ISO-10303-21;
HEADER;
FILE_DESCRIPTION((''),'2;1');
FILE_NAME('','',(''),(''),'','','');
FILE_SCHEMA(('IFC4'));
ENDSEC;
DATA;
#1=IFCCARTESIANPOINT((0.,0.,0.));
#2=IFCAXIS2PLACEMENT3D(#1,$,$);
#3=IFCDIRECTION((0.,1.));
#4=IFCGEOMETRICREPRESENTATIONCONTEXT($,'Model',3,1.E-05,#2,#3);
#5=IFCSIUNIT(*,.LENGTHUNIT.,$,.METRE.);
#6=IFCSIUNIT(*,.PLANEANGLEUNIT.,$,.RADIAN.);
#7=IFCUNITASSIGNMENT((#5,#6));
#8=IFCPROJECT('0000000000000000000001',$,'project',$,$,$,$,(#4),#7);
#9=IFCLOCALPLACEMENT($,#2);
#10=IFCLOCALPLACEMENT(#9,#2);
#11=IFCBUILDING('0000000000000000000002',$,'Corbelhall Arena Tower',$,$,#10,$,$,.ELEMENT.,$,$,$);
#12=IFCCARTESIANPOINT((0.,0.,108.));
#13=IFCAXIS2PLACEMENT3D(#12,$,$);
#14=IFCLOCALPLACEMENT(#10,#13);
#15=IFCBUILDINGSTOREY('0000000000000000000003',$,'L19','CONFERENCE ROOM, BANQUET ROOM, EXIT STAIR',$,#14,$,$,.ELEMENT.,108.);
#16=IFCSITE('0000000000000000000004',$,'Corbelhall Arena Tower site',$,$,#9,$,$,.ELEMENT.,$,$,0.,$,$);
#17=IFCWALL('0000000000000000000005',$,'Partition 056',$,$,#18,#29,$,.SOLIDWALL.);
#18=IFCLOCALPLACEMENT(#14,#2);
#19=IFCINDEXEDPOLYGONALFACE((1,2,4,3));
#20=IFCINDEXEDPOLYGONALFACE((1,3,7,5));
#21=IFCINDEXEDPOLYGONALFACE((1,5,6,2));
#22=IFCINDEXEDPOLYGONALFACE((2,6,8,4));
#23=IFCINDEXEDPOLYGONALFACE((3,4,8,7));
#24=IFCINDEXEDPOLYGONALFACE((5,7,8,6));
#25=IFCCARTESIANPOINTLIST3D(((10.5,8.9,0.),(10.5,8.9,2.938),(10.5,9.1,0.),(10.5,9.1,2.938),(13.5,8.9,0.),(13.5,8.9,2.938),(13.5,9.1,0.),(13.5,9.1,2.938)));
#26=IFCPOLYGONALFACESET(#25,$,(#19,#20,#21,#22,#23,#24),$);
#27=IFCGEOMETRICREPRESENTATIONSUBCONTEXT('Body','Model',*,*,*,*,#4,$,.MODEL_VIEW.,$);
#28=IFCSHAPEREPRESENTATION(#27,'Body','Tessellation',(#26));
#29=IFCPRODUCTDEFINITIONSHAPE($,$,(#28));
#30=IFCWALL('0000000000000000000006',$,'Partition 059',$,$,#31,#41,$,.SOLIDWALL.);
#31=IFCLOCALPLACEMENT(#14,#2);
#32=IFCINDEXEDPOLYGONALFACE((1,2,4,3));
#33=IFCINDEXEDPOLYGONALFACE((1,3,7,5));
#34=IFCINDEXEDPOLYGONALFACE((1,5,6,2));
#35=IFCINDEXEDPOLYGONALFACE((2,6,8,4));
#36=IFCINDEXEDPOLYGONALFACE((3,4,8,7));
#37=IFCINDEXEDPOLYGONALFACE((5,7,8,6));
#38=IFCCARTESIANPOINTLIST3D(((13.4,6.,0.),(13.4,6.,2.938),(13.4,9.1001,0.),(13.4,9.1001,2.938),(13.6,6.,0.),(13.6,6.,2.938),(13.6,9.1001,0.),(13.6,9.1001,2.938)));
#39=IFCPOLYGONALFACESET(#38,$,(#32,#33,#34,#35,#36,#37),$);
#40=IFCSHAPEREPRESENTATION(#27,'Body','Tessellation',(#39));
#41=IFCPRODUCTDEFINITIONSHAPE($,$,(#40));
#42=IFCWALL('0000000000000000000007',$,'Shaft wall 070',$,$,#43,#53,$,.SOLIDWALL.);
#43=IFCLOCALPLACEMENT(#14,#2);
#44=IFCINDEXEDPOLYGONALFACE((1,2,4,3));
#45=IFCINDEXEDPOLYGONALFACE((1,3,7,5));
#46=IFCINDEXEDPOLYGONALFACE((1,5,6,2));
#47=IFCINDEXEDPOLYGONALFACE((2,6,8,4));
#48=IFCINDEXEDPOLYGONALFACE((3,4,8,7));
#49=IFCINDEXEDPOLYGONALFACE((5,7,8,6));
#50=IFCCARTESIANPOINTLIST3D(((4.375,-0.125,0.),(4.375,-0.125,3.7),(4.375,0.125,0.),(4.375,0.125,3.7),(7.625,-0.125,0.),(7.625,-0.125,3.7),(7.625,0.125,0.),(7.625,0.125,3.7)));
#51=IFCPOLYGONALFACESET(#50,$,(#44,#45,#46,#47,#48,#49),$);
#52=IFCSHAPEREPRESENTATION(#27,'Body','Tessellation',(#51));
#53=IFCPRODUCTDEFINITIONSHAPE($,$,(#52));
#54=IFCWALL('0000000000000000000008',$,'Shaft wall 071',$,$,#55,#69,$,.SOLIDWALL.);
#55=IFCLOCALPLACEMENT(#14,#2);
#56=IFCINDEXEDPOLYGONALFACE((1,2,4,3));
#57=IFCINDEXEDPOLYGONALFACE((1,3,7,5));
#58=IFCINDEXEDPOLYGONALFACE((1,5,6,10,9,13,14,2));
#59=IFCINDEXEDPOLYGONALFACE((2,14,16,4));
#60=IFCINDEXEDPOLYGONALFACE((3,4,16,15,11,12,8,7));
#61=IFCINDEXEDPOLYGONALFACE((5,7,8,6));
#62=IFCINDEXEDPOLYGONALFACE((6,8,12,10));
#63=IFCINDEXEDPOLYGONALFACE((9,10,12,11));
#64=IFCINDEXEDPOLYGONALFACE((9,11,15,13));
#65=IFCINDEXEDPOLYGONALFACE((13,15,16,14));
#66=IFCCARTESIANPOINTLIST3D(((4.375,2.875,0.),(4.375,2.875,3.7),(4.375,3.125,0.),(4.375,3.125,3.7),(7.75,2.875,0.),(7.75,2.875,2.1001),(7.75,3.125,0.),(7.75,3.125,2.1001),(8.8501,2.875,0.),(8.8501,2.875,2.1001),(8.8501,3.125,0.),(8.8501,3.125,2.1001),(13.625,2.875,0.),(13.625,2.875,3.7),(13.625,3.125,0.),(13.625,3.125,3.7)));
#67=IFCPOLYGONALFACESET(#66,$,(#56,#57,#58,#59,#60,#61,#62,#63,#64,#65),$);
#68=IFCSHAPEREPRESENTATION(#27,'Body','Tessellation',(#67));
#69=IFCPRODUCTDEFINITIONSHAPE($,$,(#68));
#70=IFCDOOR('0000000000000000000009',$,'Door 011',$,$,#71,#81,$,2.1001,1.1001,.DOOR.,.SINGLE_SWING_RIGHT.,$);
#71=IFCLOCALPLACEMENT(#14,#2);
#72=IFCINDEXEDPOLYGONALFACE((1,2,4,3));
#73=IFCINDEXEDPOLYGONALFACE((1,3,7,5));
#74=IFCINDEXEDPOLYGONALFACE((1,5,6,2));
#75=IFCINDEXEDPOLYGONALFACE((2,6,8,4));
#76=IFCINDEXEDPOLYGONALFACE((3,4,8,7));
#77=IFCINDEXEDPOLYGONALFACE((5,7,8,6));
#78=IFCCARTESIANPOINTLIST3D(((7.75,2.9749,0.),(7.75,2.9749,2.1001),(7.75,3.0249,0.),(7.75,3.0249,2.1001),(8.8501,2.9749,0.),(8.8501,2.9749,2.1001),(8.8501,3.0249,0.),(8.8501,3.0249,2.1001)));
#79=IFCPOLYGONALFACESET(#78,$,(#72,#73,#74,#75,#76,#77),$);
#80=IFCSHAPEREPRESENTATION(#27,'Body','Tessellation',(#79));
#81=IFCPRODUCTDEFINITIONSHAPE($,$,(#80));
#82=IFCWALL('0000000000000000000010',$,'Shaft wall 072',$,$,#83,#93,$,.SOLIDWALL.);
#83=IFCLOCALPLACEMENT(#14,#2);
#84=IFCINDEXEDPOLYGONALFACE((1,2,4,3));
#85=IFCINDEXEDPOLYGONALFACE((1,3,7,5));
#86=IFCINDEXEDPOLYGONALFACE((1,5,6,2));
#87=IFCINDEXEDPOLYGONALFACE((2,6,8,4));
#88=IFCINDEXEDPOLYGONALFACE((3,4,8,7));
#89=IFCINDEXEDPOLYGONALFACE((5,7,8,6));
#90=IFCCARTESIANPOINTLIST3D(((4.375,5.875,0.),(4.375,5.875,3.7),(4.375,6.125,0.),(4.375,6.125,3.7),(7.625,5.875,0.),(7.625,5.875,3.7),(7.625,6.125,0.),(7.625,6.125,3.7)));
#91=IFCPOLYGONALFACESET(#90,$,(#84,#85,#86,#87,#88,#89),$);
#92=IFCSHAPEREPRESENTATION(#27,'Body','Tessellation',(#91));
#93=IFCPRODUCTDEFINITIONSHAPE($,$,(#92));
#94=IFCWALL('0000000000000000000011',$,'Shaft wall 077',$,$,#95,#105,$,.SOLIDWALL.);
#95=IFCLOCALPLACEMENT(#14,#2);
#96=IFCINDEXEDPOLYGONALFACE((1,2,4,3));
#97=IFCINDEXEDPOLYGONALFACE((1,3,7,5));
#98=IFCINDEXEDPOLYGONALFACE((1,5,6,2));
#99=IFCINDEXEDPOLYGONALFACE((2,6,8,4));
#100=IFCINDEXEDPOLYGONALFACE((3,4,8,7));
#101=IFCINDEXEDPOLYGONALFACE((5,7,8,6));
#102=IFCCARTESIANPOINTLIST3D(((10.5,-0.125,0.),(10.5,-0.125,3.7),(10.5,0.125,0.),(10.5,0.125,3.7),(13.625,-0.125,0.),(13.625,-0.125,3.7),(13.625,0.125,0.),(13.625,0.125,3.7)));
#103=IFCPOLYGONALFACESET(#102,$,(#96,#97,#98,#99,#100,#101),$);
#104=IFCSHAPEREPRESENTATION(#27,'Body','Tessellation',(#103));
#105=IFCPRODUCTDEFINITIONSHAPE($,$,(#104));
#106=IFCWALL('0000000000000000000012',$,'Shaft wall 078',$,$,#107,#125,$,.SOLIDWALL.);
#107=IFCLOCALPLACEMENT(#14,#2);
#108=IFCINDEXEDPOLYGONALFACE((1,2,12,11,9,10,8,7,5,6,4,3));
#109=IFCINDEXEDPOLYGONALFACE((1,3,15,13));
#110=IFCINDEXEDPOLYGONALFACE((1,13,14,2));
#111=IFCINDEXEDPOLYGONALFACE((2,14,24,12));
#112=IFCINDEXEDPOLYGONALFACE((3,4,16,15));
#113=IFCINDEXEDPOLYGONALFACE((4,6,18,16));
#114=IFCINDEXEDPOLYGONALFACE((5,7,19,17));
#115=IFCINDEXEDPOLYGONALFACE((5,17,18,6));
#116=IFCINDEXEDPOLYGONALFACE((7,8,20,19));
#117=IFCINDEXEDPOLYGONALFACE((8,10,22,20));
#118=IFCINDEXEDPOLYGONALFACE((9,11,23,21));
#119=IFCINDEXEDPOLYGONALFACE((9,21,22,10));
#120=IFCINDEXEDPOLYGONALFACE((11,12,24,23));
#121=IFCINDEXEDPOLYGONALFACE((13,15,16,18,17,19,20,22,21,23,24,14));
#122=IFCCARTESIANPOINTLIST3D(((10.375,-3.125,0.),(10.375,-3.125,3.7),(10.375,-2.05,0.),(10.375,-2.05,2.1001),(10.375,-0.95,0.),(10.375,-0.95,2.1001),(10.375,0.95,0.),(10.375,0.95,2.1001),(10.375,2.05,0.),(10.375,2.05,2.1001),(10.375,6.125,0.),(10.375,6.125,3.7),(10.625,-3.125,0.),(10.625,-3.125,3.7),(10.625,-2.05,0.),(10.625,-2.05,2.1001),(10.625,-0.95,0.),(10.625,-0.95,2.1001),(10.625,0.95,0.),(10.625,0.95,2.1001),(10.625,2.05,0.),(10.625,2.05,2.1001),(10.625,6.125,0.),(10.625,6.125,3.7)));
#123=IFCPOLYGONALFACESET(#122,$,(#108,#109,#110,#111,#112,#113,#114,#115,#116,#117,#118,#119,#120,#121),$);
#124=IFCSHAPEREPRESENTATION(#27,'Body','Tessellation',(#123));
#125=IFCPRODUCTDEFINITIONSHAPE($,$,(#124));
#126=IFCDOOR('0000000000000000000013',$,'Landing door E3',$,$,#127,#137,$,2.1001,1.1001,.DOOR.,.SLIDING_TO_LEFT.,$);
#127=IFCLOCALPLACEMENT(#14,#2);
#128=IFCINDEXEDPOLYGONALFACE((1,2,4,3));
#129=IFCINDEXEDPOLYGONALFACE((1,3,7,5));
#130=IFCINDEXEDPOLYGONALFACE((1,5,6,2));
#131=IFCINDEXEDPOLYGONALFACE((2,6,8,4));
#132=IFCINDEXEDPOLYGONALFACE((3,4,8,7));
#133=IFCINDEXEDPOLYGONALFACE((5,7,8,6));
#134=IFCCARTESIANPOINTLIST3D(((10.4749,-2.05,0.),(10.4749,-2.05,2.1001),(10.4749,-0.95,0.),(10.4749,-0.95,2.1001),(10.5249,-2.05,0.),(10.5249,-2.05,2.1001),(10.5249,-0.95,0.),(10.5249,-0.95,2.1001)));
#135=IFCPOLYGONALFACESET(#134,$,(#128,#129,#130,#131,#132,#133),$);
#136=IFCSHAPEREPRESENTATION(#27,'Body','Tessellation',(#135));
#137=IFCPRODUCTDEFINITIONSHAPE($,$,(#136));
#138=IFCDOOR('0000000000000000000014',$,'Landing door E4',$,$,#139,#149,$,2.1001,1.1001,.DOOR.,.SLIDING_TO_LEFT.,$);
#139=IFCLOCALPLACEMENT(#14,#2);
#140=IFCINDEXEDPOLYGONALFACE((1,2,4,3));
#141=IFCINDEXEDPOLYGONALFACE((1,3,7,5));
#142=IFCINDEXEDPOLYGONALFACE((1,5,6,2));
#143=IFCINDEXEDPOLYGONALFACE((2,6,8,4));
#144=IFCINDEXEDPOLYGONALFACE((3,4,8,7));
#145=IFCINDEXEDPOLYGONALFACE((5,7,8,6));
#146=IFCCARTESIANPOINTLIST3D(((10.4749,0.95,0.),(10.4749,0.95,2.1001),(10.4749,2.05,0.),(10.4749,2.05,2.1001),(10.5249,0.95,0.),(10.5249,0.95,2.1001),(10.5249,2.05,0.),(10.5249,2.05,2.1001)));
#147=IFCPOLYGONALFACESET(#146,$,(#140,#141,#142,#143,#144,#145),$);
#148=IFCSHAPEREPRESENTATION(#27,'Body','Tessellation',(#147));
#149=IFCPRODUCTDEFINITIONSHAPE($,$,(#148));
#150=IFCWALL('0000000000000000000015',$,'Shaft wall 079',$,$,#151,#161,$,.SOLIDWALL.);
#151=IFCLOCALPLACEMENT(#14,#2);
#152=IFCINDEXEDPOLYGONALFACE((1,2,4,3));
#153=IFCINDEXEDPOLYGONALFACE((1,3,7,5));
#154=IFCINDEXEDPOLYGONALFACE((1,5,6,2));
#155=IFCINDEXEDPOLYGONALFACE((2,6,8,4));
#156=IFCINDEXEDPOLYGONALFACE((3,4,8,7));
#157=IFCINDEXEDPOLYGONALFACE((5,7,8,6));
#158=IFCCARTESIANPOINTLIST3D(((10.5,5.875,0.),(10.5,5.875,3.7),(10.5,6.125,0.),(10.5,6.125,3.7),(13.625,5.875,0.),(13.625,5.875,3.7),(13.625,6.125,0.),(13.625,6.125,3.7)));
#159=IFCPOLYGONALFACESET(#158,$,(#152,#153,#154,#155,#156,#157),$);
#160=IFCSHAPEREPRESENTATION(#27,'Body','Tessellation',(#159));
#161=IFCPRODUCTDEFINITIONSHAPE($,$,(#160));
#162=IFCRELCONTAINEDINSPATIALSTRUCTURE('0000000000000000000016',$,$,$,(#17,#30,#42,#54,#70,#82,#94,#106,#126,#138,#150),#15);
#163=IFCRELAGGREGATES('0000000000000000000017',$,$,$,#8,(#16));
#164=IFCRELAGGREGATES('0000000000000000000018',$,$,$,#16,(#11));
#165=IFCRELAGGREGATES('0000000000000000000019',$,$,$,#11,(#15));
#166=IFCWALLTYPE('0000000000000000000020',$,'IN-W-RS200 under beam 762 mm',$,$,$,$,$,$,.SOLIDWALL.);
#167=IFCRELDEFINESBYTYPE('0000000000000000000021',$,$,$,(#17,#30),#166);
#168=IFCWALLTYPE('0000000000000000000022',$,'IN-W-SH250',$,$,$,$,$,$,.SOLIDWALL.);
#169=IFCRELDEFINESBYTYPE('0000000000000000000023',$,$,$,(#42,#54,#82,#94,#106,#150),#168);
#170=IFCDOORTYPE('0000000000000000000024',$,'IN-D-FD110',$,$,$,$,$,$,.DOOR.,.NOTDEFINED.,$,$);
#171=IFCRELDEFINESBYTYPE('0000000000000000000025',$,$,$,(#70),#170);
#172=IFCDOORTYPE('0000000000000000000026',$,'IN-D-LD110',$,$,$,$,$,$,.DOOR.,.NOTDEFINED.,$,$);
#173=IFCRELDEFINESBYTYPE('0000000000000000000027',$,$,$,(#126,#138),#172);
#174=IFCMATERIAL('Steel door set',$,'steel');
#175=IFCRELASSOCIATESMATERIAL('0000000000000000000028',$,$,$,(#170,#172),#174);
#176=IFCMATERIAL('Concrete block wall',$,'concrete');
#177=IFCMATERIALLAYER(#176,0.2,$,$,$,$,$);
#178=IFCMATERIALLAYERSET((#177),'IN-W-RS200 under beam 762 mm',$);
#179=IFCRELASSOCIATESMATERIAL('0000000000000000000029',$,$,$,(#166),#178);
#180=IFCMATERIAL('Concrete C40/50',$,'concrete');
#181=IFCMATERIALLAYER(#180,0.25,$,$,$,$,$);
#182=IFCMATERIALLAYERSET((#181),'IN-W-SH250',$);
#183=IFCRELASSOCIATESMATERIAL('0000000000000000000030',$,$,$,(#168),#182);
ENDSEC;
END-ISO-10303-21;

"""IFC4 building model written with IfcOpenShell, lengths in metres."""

from ifc_helpers import new_model, si_unit, direction, frame, frame_2d, origin, place, context, subcontext, project, spatial, rectangle, extrude, material, layer, layer_set, type_object, element, fill, save


model = new_model("IFC4")

# Units and contexts
model_context = context("Model", 3, precision=1e-05, world=origin(), true_north=direction((0.0, 1.0)))
body_context = subcontext(model_context, "Body", "Model", "MODEL_VIEW")
ifc_project = project(units=[si_unit("LENGTHUNIT", "METRE"), si_unit("PLANEANGLEUNIT", "RADIAN")], contexts=[model_context])

# Site, building, storey
site_placement = place(None, origin())
site = spatial("IfcSite", under=ifc_project, at=site_placement, Name="Corbelhall Arena Tower site", CompositionType="ELEMENT", RefElevation=0.0)
building_placement = place(site_placement, origin())
building = spatial("IfcBuilding", under=site, at=building_placement, Name="Corbelhall Arena Tower", CompositionType="ELEMENT")
storey_placement = place(building_placement, frame((0.0, 0.0, 108.0)))
storey = spatial("IfcBuildingStorey", under=building, at=storey_placement, Name="L19", Description="CONFERENCE ROOM, BANQUET ROOM, EXIT STAIR", CompositionType="ELEMENT", Elevation=108.0)

# Shared definitions
ifc_material_1 = material(Name="Concrete C40/50", Category="concrete")

# Shared definitions
ifc_material_2 = material(Name="Concrete block wall", Category="concrete")
ifc_material_3 = material(Name="Steel door set", Category="steel")
door_type_1 = type_object("IfcDoorType", Name="IN-D-FD110", OperationType="NOTDEFINED", PredefinedType="DOOR", material=ifc_material_3)

# Walls
ifc_layer_1 = layer(ifc_material_2, 0.2)
ifc_layer_set_1 = layer_set([ifc_layer_1], Name="IN-W-RS200 under beam 762 mm")
wall_type_1 = type_object("IfcWallType", Name="IN-W-RS200 under beam 762 mm", PredefinedType="SOLIDWALL", material=ifc_layer_set_1)
wall_1_placement = place(storey_placement, frame((10.5, 9.0, 0.0), z_axis=(0.0, 0.0, 1.0), x_axis=(1.0, 0.0, 0.0)))
element("IfcWall", 1, at=wall_1_placement, inside=storey, type_object=wall_type_1, Name="Partition 056", PredefinedType="SOLIDWALL", context=body_context, shape_type="SweptSolid", body=[
    extrude(rectangle(XDim=3.0, YDim=0.2, at=frame_2d((1.5, 0.0))), origin(), (0.0, 0.0, 1.0), 2.938),
])
wall_2_placement = place(storey_placement, frame((13.5, 9.1001, 0.0), z_axis=(0.0, 0.0, 1.0), x_axis=(0.0, -1.0, 0.0)))
element("IfcWall", 2, at=wall_2_placement, inside=storey, type_object=wall_type_1, Name="Partition 059", PredefinedType="SOLIDWALL", context=body_context, shape_type="SweptSolid", body=[
    extrude(rectangle(XDim=3.1001, YDim=0.2, at=frame_2d((1.55, 0.0))), origin(), (0.0, 0.0, 1.0), 2.938),
])
ifc_layer_2 = layer(ifc_material_1, 0.25)
ifc_layer_set_2 = layer_set([ifc_layer_2], Name="IN-W-SH250")
wall_type_2 = type_object("IfcWallType", Name="IN-W-SH250", PredefinedType="SOLIDWALL", material=ifc_layer_set_2)
wall_3_placement = place(storey_placement, frame((4.375, 0.0, 0.0), z_axis=(0.0, 0.0, 1.0), x_axis=(1.0, 0.0, 0.0)))
element("IfcWall", 3, at=wall_3_placement, inside=storey, type_object=wall_type_2, Name="Shaft wall 070", PredefinedType="SOLIDWALL", context=body_context, shape_type="SweptSolid", body=[
    extrude(rectangle(XDim=3.25, YDim=0.25, at=frame_2d((1.625, 0.0))), origin(), (0.0, 0.0, 1.0), 3.7),
])

# Wall, opening, door
wall_4_placement = place(storey_placement, frame((4.375, 3.0, 0.0), z_axis=(0.0, 0.0, 1.0), x_axis=(1.0, 0.0, 0.0)))
wall_4 = element("IfcWall", 4, at=wall_4_placement, inside=storey, type_object=wall_type_2, Name="Shaft wall 071", PredefinedType="SOLIDWALL", context=body_context, shape_type="SweptSolid", body=[
    extrude(rectangle(XDim=9.25, YDim=0.25, at=frame_2d((4.625, 0.0))), origin(), (0.0, 0.0, 1.0), 3.7),
])
opening_1_placement = place(wall_4_placement, frame((3.375, 0.0, 0.0)))
opening_1 = element("IfcOpeningElement", 5, at=opening_1_placement, cuts=wall_4, PredefinedType="OPENING", context=body_context, shape_type="SweptSolid", body=[
    extrude(rectangle(XDim=1.1001, YDim=2.1001, at=frame_2d((0.55, 1.05))), frame((0.0, 0.125, 0.0), z_axis=(0.0, -1.0, 0.0), x_axis=(1.0, 0.0, 0.0)), (0.0, 0.0, 1.0), 0.25),
])
door_1_placement = place(opening_1_placement, origin())
door_1 = element("IfcDoor", 6, at=door_1_placement, inside=storey, type_object=door_type_1, Name="Door 011", OperationType="SINGLE_SWING_RIGHT", OverallHeight=2.1001, OverallWidth=1.1001, PredefinedType="DOOR", context=body_context, shape_type="SweptSolid", body=[
    extrude(rectangle(XDim=1.1001, YDim=2.1001, at=frame_2d((0.55, 1.05))), frame((0.0, 0.0249, 0.0), z_axis=(0.0, -1.0, 0.0), x_axis=(1.0, 0.0, 0.0)), (0.0, 0.0, 1.0), 0.05),
])
fill(opening_1, door_1)

# Walls
wall_5_placement = place(storey_placement, frame((4.375, 6.0, 0.0), z_axis=(0.0, 0.0, 1.0), x_axis=(1.0, 0.0, 0.0)))
element("IfcWall", 7, at=wall_5_placement, inside=storey, type_object=wall_type_2, Name="Shaft wall 072", PredefinedType="SOLIDWALL", context=body_context, shape_type="SweptSolid", body=[
    extrude(rectangle(XDim=3.25, YDim=0.25, at=frame_2d((1.625, 0.0))), origin(), (0.0, 0.0, 1.0), 3.7),
])
wall_6_placement = place(storey_placement, frame((10.5, 0.0, 0.0), z_axis=(0.0, 0.0, 1.0), x_axis=(1.0, 0.0, 0.0)))
element("IfcWall", 8, at=wall_6_placement, inside=storey, type_object=wall_type_2, Name="Shaft wall 077", PredefinedType="SOLIDWALL", context=body_context, shape_type="SweptSolid", body=[
    extrude(rectangle(XDim=3.125, YDim=0.25, at=frame_2d((1.5625, 0.0))), origin(), (0.0, 0.0, 1.0), 3.7),
])

# Wall, openings, doors
wall_7_placement = place(storey_placement, frame((10.5, 6.125, 0.0), z_axis=(0.0, 0.0, 1.0), x_axis=(0.0, -1.0, 0.0)))
wall_7 = element("IfcWall", 9, at=wall_7_placement, inside=storey, type_object=wall_type_2, Name="Shaft wall 078", PredefinedType="SOLIDWALL", context=body_context, shape_type="SweptSolid", body=[
    extrude(rectangle(XDim=9.25, YDim=0.25, at=frame_2d((4.625, 0.0))), origin(), (0.0, 0.0, 1.0), 3.7),
])
opening_2_placement = place(wall_7_placement, frame((7.075, 0.0, 0.0)))
opening_2 = element("IfcOpeningElement", 10, at=opening_2_placement, cuts=wall_7, PredefinedType="OPENING", context=body_context, shape_type="SweptSolid", body=[
    extrude(rectangle(XDim=1.1001, YDim=2.1001, at=frame_2d((0.55, 1.05))), frame((0.0, 0.125, 0.0), z_axis=(0.0, -1.0, 0.0), x_axis=(1.0, 0.0, 0.0)), (0.0, 0.0, 1.0), 0.25),
])
opening_3_placement = place(wall_7_placement, frame((4.075, 0.0, 0.0)))
opening_3 = element("IfcOpeningElement", 11, at=opening_3_placement, cuts=wall_7, PredefinedType="OPENING", context=body_context, shape_type="SweptSolid", body=[
    extrude(rectangle(XDim=1.1001, YDim=2.1001, at=frame_2d((0.55, 1.05))), frame((0.0, 0.125, 0.0), z_axis=(0.0, -1.0, 0.0), x_axis=(1.0, 0.0, 0.0)), (0.0, 0.0, 1.0), 0.25),
])
door_type_2 = type_object("IfcDoorType", Name="IN-D-LD110", OperationType="NOTDEFINED", PredefinedType="DOOR", material=ifc_material_3)
door_2_placement = place(opening_2_placement, origin())
door_2 = element("IfcDoor", 12, at=door_2_placement, inside=storey, type_object=door_type_2, Name="Landing door E3", OperationType="SLIDING_TO_LEFT", OverallHeight=2.1001, OverallWidth=1.1001, PredefinedType="DOOR", context=body_context, shape_type="SweptSolid", body=[
    extrude(rectangle(XDim=1.1001, YDim=2.1001, at=frame_2d((0.55, 1.05))), frame((0.0, 0.0249, 0.0), z_axis=(0.0, -1.0, 0.0), x_axis=(1.0, 0.0, 0.0)), (0.0, 0.0, 1.0), 0.05),
])
fill(opening_2, door_2)
door_3_placement = place(opening_3_placement, origin())
door_3 = element("IfcDoor", 13, at=door_3_placement, inside=storey, type_object=door_type_2, Name="Landing door E4", OperationType="SLIDING_TO_LEFT", OverallHeight=2.1001, OverallWidth=1.1001, PredefinedType="DOOR", context=body_context, shape_type="SweptSolid", body=[
    extrude(rectangle(XDim=1.1001, YDim=2.1001, at=frame_2d((0.55, 1.05))), frame((0.0, 0.0249, 0.0), z_axis=(0.0, -1.0, 0.0), x_axis=(1.0, 0.0, 0.0)), (0.0, 0.0, 1.0), 0.05),
])
fill(opening_3, door_3)

# Wall
wall_8_placement = place(storey_placement, frame((10.5, 6.0, 0.0), z_axis=(0.0, 0.0, 1.0), x_axis=(1.0, 0.0, 0.0)))
element("IfcWall", 14, at=wall_8_placement, inside=storey, type_object=wall_type_2, Name="Shaft wall 079", PredefinedType="SOLIDWALL", context=body_context, shape_type="SweptSolid", body=[
    extrude(rectangle(XDim=3.125, YDim=0.25, at=frame_2d((1.5625, 0.0))), origin(), (0.0, 0.0, 1.0), 3.7),
])

save(model, "model.ifc")
